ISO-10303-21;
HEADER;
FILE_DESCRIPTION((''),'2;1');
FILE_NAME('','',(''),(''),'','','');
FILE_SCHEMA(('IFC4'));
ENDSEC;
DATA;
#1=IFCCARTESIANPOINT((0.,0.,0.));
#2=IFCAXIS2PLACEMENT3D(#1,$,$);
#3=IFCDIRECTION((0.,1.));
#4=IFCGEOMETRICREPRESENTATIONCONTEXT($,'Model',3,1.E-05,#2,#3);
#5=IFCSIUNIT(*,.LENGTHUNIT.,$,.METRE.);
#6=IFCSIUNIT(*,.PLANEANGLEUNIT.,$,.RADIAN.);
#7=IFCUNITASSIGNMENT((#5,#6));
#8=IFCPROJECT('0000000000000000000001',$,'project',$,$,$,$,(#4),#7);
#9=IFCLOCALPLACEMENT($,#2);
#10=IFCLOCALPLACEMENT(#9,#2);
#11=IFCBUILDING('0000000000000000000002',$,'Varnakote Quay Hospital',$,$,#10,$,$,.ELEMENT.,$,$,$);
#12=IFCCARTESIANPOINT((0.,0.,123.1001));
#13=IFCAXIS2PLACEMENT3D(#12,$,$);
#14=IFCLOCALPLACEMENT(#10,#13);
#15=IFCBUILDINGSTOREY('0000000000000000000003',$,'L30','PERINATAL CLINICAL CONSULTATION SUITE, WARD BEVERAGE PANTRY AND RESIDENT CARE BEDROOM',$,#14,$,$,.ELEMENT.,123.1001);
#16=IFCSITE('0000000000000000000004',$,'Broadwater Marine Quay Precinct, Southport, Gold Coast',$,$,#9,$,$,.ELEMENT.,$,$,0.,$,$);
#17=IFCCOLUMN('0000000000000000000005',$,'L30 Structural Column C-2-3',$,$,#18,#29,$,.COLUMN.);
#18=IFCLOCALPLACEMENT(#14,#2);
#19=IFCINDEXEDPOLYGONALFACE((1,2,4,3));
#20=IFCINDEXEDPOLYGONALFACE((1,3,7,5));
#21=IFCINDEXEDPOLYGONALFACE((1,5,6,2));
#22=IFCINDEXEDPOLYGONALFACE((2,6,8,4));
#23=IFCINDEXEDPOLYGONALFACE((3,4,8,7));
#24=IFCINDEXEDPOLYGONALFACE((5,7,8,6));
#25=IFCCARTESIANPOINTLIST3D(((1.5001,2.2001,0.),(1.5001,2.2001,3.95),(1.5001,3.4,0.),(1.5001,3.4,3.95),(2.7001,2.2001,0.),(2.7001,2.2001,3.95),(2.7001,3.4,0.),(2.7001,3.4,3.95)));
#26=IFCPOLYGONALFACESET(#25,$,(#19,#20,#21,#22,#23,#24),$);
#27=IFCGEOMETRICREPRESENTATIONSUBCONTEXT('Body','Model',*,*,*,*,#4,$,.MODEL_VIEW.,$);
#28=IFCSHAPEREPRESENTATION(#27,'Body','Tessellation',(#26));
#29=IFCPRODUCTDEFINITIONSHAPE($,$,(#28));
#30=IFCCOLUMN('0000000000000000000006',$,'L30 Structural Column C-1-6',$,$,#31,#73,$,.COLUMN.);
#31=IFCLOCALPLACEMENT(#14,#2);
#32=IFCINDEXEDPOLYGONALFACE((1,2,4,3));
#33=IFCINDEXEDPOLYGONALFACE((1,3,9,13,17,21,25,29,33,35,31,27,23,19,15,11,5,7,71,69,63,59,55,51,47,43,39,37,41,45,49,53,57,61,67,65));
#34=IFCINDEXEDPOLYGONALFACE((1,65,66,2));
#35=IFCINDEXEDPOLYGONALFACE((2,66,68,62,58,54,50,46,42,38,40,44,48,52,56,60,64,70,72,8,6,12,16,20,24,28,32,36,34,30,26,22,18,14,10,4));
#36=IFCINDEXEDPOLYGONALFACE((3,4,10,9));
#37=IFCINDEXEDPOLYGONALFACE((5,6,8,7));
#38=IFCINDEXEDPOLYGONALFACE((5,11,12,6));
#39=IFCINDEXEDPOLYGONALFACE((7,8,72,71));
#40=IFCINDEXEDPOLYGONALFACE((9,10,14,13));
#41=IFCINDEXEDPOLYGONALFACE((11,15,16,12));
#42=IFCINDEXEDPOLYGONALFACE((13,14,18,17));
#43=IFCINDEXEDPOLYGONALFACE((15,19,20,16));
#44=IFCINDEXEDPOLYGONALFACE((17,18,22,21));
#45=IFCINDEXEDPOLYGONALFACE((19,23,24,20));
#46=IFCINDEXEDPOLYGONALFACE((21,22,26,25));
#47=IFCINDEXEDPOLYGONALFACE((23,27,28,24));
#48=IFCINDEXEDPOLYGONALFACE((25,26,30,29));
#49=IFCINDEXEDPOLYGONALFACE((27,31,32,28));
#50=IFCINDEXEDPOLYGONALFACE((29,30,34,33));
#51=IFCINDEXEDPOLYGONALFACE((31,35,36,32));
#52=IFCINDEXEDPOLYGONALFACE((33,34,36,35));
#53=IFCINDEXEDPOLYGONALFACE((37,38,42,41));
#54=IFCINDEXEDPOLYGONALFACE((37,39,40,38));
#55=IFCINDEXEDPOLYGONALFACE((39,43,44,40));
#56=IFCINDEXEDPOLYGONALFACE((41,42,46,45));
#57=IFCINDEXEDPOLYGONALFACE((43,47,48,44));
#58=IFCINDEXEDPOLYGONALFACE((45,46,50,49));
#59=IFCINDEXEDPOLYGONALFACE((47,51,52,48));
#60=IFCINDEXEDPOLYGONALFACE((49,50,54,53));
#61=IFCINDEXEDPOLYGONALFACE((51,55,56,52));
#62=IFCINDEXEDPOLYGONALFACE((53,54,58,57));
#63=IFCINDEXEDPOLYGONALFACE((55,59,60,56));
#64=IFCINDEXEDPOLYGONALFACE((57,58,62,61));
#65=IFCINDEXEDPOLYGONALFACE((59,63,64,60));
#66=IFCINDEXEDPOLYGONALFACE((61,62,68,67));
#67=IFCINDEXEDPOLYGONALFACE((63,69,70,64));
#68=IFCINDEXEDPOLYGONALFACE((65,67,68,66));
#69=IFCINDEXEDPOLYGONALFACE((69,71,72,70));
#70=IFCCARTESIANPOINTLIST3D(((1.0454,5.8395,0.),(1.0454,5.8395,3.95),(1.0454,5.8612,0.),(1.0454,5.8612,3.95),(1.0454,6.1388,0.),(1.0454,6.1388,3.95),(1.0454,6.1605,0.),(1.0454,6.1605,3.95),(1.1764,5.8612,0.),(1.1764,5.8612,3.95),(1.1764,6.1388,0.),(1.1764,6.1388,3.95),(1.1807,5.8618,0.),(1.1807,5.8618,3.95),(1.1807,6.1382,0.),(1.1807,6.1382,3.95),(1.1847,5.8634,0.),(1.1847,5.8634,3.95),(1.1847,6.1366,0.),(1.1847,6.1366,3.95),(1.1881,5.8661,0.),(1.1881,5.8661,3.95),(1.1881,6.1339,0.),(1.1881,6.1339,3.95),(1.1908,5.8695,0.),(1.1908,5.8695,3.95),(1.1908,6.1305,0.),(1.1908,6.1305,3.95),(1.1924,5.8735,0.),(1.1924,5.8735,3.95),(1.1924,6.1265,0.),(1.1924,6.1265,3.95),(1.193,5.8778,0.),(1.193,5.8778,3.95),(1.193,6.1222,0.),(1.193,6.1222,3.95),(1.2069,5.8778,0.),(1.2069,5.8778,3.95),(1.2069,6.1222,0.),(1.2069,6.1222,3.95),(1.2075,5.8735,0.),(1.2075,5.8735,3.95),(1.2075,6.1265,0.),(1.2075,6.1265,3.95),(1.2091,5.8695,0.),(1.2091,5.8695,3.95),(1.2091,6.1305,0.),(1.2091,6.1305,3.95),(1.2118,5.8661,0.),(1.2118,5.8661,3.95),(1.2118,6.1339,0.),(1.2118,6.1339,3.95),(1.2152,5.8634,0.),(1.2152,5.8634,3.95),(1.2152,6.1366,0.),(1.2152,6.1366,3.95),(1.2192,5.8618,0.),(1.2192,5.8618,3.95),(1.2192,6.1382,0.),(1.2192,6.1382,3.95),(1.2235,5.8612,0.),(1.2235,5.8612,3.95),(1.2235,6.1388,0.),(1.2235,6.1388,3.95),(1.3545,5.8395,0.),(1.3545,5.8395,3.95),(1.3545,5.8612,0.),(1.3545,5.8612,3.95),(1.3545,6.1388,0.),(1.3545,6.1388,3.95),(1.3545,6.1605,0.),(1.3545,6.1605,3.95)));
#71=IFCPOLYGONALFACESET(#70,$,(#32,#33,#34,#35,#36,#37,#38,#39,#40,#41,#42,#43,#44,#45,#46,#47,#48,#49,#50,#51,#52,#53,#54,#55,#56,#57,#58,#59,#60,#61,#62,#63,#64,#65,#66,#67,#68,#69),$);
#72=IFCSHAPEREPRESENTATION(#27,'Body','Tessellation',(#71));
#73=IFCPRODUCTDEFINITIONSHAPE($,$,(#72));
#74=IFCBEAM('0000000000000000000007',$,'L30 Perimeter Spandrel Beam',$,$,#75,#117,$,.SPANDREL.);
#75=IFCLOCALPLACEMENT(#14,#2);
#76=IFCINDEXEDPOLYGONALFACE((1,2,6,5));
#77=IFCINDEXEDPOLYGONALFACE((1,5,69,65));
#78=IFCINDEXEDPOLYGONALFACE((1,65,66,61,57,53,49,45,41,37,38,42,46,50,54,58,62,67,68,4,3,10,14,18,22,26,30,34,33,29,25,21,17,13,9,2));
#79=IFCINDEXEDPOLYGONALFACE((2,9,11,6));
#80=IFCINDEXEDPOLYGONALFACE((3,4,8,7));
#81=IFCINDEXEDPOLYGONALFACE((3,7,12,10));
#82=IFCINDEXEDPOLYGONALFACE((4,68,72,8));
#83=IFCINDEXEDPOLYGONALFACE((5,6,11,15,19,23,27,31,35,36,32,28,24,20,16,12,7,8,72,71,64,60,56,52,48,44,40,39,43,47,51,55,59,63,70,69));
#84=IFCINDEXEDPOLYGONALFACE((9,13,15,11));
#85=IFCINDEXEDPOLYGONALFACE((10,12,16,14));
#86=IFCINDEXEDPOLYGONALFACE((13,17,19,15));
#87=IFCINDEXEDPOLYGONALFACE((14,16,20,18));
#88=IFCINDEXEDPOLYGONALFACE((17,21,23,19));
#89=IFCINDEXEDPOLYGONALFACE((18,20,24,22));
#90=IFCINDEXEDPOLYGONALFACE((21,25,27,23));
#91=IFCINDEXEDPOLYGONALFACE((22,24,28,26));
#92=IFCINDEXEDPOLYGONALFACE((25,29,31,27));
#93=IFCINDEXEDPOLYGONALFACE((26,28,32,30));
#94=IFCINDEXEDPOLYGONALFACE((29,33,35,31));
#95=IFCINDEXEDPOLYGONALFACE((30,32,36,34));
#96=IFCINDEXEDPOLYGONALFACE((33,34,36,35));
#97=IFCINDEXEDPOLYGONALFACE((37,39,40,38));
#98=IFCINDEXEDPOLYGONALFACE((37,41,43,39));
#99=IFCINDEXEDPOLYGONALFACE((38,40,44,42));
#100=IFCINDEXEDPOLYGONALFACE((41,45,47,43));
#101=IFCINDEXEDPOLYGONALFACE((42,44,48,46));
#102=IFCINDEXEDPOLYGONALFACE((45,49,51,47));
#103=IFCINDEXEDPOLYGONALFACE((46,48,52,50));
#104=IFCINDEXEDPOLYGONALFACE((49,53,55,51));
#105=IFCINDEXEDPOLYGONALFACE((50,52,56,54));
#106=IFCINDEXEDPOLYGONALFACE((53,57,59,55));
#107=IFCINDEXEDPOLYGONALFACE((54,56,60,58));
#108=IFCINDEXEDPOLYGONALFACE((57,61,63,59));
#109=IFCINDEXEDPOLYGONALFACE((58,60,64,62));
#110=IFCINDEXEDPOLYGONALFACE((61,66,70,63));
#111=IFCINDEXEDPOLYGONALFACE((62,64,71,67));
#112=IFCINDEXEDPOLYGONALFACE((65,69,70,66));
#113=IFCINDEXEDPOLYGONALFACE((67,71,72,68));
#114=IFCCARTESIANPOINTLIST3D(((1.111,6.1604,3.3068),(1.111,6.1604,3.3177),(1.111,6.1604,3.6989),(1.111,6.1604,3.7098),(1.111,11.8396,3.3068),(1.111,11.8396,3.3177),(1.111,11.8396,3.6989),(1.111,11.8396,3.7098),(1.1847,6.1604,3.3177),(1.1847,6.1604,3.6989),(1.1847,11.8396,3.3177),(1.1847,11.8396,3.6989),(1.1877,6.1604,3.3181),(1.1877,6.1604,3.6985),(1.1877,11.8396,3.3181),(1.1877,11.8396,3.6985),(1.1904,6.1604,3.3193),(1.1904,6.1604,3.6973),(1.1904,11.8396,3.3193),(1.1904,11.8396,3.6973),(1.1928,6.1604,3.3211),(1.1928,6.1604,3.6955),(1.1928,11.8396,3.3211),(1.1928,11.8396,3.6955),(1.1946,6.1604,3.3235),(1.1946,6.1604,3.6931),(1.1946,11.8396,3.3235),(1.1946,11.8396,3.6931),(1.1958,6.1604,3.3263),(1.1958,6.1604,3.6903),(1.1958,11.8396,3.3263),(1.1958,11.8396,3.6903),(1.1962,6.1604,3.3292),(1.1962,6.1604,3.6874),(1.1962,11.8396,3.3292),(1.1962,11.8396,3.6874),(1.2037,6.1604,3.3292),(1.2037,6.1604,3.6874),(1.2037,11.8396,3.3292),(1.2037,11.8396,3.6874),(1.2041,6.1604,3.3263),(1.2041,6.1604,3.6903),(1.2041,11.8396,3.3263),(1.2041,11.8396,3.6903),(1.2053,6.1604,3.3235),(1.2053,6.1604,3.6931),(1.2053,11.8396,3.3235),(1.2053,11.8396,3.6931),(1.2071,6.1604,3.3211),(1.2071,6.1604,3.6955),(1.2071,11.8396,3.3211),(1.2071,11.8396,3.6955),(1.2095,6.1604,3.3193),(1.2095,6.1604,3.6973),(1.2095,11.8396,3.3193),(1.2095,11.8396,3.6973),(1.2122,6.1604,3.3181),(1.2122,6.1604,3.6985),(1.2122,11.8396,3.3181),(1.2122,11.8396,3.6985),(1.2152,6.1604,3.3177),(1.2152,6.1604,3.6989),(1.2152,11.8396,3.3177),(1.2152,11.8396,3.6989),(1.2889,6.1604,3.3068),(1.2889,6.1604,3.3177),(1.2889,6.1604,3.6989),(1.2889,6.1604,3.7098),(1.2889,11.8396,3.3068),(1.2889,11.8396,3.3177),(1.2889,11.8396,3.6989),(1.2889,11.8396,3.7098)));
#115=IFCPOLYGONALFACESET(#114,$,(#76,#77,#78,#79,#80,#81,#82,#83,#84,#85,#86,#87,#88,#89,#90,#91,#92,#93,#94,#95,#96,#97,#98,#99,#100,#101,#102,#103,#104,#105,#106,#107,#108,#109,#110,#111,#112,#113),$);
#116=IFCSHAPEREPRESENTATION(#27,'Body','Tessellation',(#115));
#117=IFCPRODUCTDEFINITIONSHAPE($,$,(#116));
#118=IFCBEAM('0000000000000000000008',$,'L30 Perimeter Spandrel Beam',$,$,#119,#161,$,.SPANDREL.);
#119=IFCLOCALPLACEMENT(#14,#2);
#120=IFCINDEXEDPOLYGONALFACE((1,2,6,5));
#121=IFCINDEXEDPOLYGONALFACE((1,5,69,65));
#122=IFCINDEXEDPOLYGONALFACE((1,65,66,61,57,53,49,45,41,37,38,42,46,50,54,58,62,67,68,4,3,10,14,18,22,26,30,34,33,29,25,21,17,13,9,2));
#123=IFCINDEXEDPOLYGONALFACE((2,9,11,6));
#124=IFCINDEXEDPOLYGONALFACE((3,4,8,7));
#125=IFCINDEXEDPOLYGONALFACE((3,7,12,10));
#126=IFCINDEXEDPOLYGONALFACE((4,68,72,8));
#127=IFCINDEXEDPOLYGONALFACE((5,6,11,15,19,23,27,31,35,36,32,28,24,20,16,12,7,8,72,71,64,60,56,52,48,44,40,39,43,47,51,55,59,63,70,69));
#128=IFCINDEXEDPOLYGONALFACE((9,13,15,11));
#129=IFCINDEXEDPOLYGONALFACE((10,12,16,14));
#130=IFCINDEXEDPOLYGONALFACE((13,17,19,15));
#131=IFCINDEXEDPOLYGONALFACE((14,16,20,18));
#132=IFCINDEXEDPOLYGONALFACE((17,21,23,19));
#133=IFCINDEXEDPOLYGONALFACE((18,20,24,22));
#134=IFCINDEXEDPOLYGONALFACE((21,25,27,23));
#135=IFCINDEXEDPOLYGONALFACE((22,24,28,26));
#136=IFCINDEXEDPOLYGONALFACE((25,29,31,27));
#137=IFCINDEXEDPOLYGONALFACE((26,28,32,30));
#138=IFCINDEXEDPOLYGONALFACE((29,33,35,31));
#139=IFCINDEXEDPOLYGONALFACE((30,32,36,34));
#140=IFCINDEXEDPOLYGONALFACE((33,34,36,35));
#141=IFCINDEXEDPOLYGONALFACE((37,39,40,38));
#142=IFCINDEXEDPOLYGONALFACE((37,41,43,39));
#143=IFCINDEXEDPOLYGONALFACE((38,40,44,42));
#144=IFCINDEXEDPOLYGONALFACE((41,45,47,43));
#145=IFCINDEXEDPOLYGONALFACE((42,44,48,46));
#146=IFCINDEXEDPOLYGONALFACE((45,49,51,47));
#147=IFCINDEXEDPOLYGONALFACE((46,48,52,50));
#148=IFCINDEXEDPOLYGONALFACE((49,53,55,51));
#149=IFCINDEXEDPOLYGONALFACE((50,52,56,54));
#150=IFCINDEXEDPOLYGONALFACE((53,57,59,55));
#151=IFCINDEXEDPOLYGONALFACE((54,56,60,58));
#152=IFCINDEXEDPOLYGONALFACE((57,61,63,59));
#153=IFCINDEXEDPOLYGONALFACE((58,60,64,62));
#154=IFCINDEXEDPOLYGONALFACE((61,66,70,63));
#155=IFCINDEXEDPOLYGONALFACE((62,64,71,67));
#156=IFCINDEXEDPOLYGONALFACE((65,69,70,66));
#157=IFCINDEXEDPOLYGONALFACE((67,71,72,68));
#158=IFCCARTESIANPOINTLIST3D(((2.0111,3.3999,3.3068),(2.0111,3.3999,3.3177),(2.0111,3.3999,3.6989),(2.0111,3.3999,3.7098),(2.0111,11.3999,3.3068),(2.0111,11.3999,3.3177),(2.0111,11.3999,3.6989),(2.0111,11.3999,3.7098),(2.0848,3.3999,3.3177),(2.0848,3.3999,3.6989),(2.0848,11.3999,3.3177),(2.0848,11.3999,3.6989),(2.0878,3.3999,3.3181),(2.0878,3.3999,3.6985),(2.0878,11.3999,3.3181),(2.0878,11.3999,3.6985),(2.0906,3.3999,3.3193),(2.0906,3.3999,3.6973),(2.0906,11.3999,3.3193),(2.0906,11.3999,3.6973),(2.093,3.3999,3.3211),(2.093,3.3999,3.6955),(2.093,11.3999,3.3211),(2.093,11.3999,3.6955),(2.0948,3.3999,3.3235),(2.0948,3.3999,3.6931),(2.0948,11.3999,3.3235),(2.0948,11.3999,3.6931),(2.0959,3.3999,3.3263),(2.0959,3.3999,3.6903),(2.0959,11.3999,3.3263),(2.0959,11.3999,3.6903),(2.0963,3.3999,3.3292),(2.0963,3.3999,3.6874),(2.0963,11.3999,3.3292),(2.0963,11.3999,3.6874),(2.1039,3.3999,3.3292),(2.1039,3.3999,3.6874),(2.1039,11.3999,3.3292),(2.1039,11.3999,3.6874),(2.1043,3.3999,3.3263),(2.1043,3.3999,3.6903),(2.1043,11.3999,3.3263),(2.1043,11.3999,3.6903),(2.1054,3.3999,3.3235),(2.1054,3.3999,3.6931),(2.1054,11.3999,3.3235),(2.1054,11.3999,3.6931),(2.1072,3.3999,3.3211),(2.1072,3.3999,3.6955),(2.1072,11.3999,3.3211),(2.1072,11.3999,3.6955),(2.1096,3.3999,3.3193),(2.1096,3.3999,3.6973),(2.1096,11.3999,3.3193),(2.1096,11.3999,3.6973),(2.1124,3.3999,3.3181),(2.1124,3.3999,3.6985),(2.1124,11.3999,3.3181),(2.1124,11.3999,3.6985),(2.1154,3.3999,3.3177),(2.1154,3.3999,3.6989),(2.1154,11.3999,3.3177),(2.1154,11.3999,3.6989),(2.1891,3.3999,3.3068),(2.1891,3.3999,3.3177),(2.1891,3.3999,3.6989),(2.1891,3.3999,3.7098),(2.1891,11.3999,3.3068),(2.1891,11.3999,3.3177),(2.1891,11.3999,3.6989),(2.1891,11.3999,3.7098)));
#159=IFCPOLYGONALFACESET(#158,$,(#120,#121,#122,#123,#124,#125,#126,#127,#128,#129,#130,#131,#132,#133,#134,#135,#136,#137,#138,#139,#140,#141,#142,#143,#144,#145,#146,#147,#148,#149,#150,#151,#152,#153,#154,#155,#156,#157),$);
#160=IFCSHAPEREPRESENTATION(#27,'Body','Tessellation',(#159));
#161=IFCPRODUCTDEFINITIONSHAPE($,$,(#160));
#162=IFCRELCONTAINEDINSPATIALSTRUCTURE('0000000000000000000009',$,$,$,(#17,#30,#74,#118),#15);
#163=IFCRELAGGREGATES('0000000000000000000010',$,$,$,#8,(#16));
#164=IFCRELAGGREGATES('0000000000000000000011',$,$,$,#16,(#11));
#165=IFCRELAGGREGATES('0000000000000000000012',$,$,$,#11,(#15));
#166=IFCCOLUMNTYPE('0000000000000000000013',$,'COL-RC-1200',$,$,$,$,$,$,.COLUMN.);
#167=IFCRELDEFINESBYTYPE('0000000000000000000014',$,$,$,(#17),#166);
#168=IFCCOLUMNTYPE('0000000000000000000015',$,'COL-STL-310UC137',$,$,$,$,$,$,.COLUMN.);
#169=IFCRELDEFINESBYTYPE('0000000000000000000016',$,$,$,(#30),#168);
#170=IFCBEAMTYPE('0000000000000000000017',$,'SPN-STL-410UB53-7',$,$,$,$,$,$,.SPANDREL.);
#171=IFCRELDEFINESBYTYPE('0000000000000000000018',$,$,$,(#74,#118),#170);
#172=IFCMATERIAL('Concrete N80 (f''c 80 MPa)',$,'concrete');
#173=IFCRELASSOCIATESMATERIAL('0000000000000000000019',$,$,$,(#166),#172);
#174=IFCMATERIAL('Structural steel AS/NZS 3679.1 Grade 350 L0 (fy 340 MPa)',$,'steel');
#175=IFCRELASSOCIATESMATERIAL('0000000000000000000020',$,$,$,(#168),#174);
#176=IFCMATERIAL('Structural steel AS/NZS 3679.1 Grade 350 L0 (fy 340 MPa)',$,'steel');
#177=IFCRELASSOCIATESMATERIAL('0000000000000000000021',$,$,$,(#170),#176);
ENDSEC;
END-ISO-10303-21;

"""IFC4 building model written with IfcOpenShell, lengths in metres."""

from ifc_helpers import new_model, si_unit, direction, frame, origin, origin_2d, place, context, subcontext, project, spatial, rectangle, i_section, extrude, material, material_profile, profile_set, type_object, element, save


model = new_model("IFC4")

# Units and contexts
model_context = context("Model", 3, precision=1e-05, world=origin(), true_north=direction((0.0, 1.0)))
body_context = subcontext(model_context, "Body", "Model", "MODEL_VIEW")
ifc_project = project(units=[si_unit("LENGTHUNIT", "METRE"), si_unit("PLANEANGLEUNIT", "RADIAN")], contexts=[model_context])

# Site, building, storey
site_placement = place(None, origin())
site = spatial("IfcSite", under=ifc_project, at=site_placement, Name="Broadwater Marine Quay Precinct, Southport, Gold Coast", CompositionType="ELEMENT", RefElevation=0.0)
building_placement = place(site_placement, origin())
building = spatial("IfcBuilding", under=site, at=building_placement, Name="Varnakote Quay Hospital", CompositionType="ELEMENT")
storey_placement = place(building_placement, frame((0.0, 0.0, 123.1001)))
storey = spatial("IfcBuildingStorey", under=building, at=storey_placement, Name="L30", Description="PERINATAL CLINICAL CONSULTATION SUITE, WARD BEVERAGE PANTRY AND RESIDENT CARE BEDROOM", CompositionType="ELEMENT", Elevation=123.1001)

# Columns
ifc_material_1 = material(Name="Concrete N80 (f'c 80 MPa)", Category="concrete")
ifc_material_profile_1 = material_profile(ifc_material_1, rectangle(XDim=1.2, YDim=1.2, at=origin_2d()), Name="RC-COL-1200x1200")
ifc_profile_set_1 = profile_set([ifc_material_profile_1], Name="Concrete N80 (f'c 80 MPa)")
column_type_1 = type_object("IfcColumnType", Name="COL-RC-1200", PredefinedType="COLUMN", material=ifc_profile_set_1)
column_1_placement = place(storey_placement, frame((2.1001, 2.8, 0.0), z_axis=(0.0, 0.0, 1.0), x_axis=(1.0, 0.0, 0.0)))
element("IfcColumn", 1, at=column_1_placement, inside=storey, type_object=column_type_1, Name="L30 Structural Column C-2-3", PredefinedType="COLUMN", context=body_context, shape_type="SweptSolid", body=[
    extrude(rectangle(XDim=1.2, YDim=1.2, at=origin_2d()), origin(), (0.0, 0.0, 1.0), 3.95),
])
ifc_material_2 = material(Name="Structural steel AS/NZS 3679.1 Grade 350 L0 (fy 340 MPa)", Category="steel")
ifc_material_profile_2 = material_profile(ifc_material_2, i_section(OverallWidth=0.3091, OverallDepth=0.321, WebThickness=0.0139, FlangeThickness=0.0217, FilletRadius=0.0166, at=origin_2d()), Name="310UC137")
ifc_profile_set_2 = profile_set([ifc_material_profile_2], Name="Structural steel AS/NZS 3679.1 Grade 350 L0 (fy 340 MPa)")
column_type_2 = type_object("IfcColumnType", Name="COL-STL-310UC137", PredefinedType="COLUMN", material=ifc_profile_set_2)
column_2_placement = place(storey_placement, frame((1.2, 6.0, 0.0), z_axis=(0.0, 0.0, 1.0), x_axis=(1.0, 0.0, 0.0)))
element("IfcColumn", 2, at=column_2_placement, inside=storey, type_object=column_type_2, Name="L30 Structural Column C-1-6", PredefinedType="COLUMN", context=body_context, shape_type="SweptSolid", body=[
    extrude(i_section(OverallWidth=0.3091, OverallDepth=0.321, WebThickness=0.0139, FlangeThickness=0.0217, FilletRadius=0.0166, at=origin_2d()), origin(), (0.0, 0.0, 1.0), 3.95),
])

# Beams
ifc_material_3 = material(Name="Structural steel AS/NZS 3679.1 Grade 350 L0 (fy 340 MPa)", Category="steel")
ifc_material_profile_3 = material_profile(ifc_material_3, i_section(OverallWidth=0.178, OverallDepth=0.4031, WebThickness=0.0076, FlangeThickness=0.011, FilletRadius=0.0115, at=origin_2d()), Name="410UB53.7")
ifc_profile_set_3 = profile_set([ifc_material_profile_3], Name="Structural steel AS/NZS 3679.1 Grade 350 L0 (fy 340 MPa)")
beam_type_1 = type_object("IfcBeamType", Name="SPN-STL-410UB53-7", PredefinedType="SPANDREL", material=ifc_profile_set_3)
beam_1_placement = place(storey_placement, frame((1.2, 6.1604, 3.5083), z_axis=(0.0, 1.0, 0.0), x_axis=(-1.0, 0.0, 0.0)))
element("IfcBeam", 3, at=beam_1_placement, inside=storey, type_object=beam_type_1, Name="L30 Perimeter Spandrel Beam", PredefinedType="SPANDREL", context=body_context, shape_type="SweptSolid", body=[
    extrude(i_section(OverallWidth=0.178, OverallDepth=0.4031, WebThickness=0.0076, FlangeThickness=0.011, FilletRadius=0.0115, at=origin_2d()), origin(), (0.0, 0.0, 1.0), 5.6792),
])
beam_2_placement = place(storey_placement, frame((2.1001, 3.3999, 3.5083), z_axis=(0.0, 1.0, 0.0), x_axis=(-1.0, 0.0, 0.0)))
element("IfcBeam", 4, at=beam_2_placement, inside=storey, type_object=beam_type_1, Name="L30 Perimeter Spandrel Beam", PredefinedType="SPANDREL", context=body_context, shape_type="SweptSolid", body=[
    extrude(i_section(OverallWidth=0.178, OverallDepth=0.4031, WebThickness=0.0076, FlangeThickness=0.011, FilletRadius=0.0115, at=origin_2d()), origin(), (0.0, 0.0, 1.0), 8.0),
])

save(model, "model.ifc")
